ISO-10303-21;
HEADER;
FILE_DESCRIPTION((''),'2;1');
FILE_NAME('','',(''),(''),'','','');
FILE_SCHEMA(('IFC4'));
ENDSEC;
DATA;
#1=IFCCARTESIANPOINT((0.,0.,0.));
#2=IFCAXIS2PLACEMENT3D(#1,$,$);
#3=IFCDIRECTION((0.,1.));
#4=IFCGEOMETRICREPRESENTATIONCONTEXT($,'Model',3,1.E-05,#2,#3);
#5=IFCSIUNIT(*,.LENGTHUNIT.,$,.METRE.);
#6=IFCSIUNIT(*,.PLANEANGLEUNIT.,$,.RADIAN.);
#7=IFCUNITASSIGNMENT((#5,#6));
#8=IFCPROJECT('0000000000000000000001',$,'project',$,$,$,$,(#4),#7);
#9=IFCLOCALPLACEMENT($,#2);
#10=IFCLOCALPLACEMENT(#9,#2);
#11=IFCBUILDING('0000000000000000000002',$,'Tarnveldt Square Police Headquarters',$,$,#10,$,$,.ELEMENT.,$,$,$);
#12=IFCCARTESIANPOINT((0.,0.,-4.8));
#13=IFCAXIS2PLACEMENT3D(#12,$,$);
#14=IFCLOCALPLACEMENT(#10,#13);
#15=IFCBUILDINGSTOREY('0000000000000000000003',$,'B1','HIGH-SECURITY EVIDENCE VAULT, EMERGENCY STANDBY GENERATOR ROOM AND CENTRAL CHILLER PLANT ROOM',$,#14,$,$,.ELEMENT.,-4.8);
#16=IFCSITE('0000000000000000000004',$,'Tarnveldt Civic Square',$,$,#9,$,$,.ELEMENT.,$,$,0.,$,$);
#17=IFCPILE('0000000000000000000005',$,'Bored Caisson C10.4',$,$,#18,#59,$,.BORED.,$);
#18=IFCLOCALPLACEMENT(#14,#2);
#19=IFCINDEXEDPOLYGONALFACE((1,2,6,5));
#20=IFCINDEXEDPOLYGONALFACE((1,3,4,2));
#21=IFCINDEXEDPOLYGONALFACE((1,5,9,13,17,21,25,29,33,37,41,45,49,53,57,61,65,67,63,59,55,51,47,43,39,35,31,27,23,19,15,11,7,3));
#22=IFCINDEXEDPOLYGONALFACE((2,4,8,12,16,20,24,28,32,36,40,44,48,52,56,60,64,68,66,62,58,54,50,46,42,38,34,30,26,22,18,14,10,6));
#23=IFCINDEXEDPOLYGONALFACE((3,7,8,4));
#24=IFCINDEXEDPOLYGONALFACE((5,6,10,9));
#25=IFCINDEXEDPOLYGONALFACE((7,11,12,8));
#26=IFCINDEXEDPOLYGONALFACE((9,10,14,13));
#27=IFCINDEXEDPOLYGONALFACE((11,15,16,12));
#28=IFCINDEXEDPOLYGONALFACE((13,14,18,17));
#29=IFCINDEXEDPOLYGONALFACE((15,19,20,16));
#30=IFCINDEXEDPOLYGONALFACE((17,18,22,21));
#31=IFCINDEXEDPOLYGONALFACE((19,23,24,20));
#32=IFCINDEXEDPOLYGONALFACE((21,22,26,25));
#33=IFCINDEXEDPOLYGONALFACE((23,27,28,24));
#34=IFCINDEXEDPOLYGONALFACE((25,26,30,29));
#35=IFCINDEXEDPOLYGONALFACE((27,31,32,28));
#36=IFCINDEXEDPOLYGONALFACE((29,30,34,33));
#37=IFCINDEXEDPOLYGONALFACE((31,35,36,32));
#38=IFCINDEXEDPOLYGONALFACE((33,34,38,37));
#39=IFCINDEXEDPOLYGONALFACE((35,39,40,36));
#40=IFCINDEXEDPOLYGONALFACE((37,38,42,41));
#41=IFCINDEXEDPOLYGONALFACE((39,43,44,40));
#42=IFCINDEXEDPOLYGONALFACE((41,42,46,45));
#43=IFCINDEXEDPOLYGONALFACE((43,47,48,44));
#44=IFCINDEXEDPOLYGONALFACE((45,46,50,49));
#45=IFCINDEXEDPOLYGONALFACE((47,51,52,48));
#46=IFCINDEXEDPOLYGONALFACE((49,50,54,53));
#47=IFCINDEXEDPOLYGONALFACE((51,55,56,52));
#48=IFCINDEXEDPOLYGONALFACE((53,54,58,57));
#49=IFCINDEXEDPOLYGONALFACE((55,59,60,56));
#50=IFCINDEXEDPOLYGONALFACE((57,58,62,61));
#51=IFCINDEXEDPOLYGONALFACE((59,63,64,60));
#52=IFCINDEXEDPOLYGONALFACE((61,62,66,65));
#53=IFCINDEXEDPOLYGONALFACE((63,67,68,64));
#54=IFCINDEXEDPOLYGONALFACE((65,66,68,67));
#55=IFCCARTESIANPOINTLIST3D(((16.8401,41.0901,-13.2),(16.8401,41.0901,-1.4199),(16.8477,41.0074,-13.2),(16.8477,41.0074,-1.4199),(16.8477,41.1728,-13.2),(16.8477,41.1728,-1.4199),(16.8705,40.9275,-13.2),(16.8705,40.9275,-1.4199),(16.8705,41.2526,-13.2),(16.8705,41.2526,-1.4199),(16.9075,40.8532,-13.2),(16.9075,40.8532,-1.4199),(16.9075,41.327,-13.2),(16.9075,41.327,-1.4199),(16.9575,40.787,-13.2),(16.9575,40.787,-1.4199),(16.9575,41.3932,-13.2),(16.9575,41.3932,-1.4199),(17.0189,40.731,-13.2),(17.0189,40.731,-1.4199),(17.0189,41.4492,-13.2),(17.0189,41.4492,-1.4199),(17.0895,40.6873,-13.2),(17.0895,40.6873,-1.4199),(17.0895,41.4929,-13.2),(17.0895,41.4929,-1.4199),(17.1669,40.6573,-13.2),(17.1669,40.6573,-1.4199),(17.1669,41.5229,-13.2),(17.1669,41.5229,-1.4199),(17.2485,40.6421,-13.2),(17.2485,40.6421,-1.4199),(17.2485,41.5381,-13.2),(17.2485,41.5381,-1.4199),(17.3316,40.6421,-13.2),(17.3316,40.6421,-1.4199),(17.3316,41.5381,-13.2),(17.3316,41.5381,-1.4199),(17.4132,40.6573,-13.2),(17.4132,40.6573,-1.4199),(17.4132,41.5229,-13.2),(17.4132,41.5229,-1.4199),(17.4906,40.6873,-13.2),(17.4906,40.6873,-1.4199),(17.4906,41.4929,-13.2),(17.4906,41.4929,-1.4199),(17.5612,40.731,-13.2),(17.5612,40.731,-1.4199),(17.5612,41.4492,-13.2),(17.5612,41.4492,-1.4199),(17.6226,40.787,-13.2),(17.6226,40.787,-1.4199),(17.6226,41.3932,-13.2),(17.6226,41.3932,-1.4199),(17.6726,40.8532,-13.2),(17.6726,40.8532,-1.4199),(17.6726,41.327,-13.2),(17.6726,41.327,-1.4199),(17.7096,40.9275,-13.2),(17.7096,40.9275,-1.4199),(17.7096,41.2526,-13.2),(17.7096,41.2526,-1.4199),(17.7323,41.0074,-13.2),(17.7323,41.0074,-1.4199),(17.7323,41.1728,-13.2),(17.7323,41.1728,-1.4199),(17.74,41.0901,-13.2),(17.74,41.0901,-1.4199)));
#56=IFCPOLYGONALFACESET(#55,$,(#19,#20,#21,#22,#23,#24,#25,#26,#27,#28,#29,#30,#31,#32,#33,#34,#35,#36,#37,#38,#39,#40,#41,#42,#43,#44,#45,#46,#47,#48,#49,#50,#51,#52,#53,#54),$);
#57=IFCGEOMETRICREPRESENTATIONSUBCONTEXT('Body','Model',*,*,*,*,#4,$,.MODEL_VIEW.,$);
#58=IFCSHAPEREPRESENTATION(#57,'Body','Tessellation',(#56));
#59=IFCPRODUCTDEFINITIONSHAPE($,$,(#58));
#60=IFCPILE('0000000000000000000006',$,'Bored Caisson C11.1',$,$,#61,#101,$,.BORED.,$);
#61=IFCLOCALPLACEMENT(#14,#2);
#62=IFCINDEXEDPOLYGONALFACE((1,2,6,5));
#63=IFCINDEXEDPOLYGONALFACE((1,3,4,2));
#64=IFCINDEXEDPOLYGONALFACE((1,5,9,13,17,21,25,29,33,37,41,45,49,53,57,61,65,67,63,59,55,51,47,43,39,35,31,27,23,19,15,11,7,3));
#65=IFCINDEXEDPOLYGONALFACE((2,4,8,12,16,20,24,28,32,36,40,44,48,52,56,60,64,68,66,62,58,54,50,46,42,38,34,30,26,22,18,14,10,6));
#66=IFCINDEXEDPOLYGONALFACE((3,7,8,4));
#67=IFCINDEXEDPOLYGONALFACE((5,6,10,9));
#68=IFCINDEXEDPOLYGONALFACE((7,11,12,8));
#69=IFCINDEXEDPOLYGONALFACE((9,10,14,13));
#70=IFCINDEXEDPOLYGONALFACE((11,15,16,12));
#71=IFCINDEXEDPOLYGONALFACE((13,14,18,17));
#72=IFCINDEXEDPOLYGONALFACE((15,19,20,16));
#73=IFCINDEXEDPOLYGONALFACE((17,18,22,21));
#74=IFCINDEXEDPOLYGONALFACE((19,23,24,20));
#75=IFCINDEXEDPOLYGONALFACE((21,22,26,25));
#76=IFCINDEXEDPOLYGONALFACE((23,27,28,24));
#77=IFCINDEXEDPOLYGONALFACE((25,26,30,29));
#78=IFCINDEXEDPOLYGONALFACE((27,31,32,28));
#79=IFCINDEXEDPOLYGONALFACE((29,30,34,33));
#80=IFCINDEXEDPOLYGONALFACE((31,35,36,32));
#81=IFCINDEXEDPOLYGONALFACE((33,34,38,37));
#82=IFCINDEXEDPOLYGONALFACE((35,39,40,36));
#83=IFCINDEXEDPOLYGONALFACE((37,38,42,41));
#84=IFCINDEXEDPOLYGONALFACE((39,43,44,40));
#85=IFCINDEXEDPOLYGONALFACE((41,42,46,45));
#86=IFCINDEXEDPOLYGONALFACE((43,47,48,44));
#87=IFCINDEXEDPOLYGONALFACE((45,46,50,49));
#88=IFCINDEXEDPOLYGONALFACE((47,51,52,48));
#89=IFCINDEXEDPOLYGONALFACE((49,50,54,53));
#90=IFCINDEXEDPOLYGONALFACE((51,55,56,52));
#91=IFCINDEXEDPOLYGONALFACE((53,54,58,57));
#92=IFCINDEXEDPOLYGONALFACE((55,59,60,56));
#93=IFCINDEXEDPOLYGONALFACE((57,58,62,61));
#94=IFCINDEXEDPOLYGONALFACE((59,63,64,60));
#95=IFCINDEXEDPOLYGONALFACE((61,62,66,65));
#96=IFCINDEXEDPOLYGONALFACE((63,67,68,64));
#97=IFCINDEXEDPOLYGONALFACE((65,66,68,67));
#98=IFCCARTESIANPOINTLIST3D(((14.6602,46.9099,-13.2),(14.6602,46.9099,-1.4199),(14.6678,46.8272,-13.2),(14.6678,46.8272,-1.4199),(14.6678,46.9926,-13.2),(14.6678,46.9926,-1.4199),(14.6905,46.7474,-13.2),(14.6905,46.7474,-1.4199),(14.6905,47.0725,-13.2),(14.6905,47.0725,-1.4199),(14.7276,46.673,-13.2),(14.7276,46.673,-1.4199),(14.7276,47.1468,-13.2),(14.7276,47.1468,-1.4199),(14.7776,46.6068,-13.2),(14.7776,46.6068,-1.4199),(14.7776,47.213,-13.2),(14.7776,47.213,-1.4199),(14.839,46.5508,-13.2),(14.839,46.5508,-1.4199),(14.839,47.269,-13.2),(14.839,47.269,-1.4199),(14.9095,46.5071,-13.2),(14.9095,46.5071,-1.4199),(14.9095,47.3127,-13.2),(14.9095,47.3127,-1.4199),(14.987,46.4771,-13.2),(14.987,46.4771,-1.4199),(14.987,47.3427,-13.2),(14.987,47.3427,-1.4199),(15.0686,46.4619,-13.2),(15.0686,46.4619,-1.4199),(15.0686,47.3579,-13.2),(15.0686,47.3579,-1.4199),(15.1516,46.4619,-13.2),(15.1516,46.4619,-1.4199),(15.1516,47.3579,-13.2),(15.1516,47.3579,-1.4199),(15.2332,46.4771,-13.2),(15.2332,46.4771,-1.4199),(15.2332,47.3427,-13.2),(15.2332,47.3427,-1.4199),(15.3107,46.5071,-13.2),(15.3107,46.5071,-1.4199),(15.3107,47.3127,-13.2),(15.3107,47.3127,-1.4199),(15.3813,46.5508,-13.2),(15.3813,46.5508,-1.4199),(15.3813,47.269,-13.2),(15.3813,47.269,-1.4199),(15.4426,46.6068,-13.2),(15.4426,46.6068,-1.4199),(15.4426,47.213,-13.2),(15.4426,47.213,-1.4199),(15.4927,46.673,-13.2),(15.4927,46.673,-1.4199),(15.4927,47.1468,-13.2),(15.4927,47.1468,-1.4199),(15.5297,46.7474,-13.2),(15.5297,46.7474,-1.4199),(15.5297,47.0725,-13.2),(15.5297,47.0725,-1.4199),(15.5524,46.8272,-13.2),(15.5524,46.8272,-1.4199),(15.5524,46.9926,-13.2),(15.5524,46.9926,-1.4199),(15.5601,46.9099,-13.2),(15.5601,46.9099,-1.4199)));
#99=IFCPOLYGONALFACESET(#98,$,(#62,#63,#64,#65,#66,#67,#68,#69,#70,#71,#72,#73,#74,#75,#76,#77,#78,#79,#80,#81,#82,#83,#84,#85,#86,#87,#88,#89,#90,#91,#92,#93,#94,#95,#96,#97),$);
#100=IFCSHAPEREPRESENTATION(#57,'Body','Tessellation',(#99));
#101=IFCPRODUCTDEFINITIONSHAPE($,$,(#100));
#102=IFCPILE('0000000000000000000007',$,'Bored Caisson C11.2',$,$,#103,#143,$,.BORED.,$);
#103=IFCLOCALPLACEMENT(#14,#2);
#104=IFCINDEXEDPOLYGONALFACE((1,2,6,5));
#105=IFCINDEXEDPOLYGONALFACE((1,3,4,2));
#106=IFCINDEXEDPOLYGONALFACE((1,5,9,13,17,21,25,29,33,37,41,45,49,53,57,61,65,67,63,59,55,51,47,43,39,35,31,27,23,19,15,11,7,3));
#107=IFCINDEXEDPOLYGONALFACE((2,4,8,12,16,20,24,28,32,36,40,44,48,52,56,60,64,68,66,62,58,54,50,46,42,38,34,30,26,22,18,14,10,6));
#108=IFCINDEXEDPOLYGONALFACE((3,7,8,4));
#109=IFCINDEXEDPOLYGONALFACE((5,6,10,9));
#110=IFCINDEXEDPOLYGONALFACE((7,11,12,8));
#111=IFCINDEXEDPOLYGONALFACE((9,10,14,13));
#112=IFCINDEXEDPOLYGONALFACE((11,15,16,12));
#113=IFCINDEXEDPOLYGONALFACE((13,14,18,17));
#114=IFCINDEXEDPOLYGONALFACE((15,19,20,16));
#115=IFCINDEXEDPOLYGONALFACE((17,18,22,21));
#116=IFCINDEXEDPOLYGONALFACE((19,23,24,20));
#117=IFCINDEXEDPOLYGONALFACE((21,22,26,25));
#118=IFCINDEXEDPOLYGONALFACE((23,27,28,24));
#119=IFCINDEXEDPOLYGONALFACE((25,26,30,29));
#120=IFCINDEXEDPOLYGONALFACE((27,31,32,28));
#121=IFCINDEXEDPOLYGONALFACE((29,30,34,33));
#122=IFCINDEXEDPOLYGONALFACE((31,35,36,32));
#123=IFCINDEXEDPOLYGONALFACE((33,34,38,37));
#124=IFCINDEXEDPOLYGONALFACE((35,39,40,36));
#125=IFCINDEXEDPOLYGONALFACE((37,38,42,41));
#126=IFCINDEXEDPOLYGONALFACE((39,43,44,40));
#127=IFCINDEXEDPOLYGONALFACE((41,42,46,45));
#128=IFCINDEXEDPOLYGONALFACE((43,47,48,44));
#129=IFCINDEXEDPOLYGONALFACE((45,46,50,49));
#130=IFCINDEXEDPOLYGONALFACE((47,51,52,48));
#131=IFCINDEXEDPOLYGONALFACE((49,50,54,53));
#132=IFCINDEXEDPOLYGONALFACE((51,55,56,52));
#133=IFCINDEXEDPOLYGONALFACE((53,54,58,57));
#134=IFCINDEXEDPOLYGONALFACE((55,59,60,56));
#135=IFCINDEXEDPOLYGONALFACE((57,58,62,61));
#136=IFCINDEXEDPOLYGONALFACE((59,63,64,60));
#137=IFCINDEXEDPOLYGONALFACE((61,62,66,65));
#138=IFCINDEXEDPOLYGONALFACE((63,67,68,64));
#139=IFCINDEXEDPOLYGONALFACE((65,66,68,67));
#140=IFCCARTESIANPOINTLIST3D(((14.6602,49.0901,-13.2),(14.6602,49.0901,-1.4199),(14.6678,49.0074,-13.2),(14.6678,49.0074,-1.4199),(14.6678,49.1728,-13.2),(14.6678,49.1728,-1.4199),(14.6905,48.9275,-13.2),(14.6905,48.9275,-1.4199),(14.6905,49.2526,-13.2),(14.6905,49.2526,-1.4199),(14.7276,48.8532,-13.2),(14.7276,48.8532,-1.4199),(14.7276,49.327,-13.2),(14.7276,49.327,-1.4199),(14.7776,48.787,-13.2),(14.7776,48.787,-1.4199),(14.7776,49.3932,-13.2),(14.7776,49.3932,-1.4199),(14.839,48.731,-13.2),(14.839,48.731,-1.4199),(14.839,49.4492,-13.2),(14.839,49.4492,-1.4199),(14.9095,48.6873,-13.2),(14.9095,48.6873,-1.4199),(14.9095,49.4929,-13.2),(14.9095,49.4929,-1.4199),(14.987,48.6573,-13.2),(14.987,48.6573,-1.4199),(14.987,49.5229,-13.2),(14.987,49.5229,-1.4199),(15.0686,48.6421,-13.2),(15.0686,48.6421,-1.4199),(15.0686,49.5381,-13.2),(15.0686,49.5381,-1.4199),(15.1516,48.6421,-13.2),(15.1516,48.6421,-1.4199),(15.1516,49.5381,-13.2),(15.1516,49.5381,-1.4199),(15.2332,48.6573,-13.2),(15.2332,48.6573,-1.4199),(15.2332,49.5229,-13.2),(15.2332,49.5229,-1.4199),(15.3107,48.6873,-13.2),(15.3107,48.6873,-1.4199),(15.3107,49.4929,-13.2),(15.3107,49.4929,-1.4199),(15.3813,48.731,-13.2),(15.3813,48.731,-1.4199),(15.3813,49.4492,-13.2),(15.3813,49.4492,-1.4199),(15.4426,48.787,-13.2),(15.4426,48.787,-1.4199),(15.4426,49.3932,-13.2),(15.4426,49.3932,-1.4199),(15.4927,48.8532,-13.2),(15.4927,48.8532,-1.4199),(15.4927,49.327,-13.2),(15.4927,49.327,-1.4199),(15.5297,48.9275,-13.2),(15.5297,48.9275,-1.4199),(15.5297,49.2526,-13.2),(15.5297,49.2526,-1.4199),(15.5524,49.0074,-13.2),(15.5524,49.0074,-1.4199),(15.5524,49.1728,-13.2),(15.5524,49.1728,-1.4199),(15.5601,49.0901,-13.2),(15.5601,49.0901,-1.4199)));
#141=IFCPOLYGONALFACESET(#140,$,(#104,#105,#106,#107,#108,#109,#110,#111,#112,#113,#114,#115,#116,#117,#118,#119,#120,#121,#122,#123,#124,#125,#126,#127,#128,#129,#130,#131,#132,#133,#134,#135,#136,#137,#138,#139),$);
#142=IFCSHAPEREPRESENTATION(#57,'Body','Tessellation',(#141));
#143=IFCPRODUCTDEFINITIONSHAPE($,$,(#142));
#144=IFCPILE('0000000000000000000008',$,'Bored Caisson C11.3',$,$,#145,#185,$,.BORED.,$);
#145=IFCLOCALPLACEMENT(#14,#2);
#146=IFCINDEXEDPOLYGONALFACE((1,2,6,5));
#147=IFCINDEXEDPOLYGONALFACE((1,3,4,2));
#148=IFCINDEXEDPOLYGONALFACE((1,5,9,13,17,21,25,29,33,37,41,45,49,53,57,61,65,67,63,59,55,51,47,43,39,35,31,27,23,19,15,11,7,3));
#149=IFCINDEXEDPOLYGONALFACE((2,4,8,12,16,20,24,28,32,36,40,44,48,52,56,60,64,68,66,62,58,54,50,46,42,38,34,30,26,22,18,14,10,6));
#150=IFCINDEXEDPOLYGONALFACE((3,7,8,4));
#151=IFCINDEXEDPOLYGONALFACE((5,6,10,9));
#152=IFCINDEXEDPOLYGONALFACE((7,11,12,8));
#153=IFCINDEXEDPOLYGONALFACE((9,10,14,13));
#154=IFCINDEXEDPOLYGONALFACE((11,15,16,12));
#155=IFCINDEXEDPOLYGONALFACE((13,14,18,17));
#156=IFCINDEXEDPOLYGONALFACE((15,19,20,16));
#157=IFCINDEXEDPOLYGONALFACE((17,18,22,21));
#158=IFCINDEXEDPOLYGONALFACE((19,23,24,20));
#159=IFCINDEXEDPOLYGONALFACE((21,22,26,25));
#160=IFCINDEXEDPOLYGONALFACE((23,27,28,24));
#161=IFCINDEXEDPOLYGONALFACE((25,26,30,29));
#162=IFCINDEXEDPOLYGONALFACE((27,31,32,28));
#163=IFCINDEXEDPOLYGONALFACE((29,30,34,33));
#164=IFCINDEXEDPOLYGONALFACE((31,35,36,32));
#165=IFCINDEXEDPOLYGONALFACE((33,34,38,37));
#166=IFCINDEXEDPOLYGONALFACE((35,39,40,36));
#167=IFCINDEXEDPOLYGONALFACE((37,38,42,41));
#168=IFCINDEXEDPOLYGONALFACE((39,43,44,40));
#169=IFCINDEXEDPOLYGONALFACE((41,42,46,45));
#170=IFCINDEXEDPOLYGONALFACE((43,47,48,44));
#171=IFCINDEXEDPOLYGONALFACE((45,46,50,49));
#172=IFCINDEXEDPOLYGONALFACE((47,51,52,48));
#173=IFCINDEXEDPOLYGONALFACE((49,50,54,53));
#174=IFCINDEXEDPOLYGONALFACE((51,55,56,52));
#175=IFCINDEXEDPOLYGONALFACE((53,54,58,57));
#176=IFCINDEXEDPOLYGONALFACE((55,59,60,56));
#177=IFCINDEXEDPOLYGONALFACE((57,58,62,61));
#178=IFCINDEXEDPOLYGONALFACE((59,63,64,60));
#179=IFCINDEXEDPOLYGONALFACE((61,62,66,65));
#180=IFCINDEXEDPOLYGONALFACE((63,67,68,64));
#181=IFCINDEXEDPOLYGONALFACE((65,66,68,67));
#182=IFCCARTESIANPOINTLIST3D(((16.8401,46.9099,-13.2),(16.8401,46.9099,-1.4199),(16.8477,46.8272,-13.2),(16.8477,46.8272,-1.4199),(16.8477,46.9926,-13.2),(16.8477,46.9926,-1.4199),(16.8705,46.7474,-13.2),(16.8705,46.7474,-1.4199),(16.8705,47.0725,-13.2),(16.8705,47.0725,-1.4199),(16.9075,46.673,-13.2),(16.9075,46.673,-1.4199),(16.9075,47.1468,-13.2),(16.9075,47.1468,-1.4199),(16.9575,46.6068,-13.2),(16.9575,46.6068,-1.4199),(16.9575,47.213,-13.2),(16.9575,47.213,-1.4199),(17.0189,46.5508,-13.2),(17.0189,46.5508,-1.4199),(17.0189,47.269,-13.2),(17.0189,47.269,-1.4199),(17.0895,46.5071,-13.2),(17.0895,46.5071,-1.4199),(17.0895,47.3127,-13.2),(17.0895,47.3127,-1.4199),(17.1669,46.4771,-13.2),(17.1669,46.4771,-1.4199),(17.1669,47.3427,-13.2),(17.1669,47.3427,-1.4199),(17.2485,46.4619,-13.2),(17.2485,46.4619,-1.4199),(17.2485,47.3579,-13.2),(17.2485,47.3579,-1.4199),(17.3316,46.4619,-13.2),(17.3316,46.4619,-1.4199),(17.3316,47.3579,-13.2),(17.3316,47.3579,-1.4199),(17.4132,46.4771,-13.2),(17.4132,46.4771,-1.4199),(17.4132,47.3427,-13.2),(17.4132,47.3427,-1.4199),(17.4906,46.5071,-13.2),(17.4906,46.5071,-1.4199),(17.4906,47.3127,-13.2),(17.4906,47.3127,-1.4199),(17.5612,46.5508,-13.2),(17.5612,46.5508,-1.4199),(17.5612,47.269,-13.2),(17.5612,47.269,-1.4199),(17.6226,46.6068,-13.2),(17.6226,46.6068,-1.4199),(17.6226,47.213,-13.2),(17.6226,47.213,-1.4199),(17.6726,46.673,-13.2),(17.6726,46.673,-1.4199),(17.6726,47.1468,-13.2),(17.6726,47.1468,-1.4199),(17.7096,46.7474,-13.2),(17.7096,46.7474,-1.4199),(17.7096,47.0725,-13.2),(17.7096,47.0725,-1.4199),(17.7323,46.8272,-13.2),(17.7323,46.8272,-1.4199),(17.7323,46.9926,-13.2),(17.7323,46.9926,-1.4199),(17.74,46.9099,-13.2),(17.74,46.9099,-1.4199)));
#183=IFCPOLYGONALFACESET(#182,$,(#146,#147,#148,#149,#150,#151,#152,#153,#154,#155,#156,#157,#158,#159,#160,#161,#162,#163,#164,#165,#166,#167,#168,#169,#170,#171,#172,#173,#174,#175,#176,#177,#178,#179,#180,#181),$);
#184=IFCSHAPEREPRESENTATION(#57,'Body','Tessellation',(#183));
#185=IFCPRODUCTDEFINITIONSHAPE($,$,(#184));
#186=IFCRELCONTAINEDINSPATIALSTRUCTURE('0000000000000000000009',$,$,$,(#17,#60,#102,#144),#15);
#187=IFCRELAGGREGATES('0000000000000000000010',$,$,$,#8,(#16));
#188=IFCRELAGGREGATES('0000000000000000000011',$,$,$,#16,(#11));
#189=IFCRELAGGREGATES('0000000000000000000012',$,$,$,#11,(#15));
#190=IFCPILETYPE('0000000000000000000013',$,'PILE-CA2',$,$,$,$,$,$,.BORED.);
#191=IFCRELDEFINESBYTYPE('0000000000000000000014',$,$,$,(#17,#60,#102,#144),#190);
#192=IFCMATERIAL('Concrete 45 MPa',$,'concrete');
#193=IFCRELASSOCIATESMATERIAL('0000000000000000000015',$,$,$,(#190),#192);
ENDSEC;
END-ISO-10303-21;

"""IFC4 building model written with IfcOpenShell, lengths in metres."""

from ifc_helpers import new_model, si_unit, direction, frame, origin, origin_2d, place, context, subcontext, project, spatial, circle, extrude, material, material_profile, profile_set, type_object, element, save


model = new_model("IFC4")

# Units and contexts
model_context = context("Model", 3, precision=1e-05, world=origin(), true_north=direction((0.0, 1.0)))
body_context = subcontext(model_context, "Body", "Model", "MODEL_VIEW")
ifc_project = project(units=[si_unit("LENGTHUNIT", "METRE"), si_unit("PLANEANGLEUNIT", "RADIAN")], contexts=[model_context])

# Site, building, storey
site_placement = place(None, origin())
site = spatial("IfcSite", under=ifc_project, at=site_placement, Name="Tarnveldt Civic Square", CompositionType="ELEMENT", RefElevation=0.0)
building_placement = place(site_placement, origin())
building = spatial("IfcBuilding", under=site, at=building_placement, Name="Tarnveldt Square Police Headquarters", CompositionType="ELEMENT")
storey_placement = place(building_placement, frame((0.0, 0.0, -4.8)))
storey = spatial("IfcBuildingStorey", under=building, at=storey_placement, Name="B1", Description="HIGH-SECURITY EVIDENCE VAULT, EMERGENCY STANDBY GENERATOR ROOM AND CENTRAL CHILLER PLANT ROOM", CompositionType="ELEMENT", Elevation=-4.8)

# Shared definitions
ifc_material_1 = material(Name="Concrete 45 MPa", Category="concrete")

# Piles
ifc_material_profile_1 = material_profile(ifc_material_1, circle(Radius=0.45, at=origin_2d()), Name="CAISSON-D900")
ifc_profile_set_1 = profile_set([ifc_material_profile_1], Name="Concrete 45 MPa")
pile_type_1 = type_object("IfcPileType", Name="PILE-CA2", PredefinedType="BORED", material=ifc_profile_set_1)
for number, where, z_axis, x_axis, name in (
    (1, (17.29, 41.0901, -1.4199), (0.0, 0.0, -1.0), (1.0, 0.0, 0.0), "Bored Caisson C10.4"),
    (2, (15.1101, 46.9099, -1.4199), (0.0, 0.0, -1.0), (1.0, 0.0, 0.0), "Bored Caisson C11.1"),
    (3, (15.1101, 49.0901, -1.4199), (0.0, 0.0, -1.0), (1.0, 0.0, 0.0), "Bored Caisson C11.2"),
    (4, (17.29, 46.9099, -1.4199), (0.0, 0.0, -1.0), (1.0, 0.0, 0.0), "Bored Caisson C11.3"),
):
    element("IfcPile", number, at=place(storey_placement, frame(where, z_axis=z_axis, x_axis=x_axis)), inside=storey, type_object=pile_type_1, Name=name, PredefinedType="BORED", context=body_context, shape_type="SweptSolid", body=[
        extrude(circle(Radius=0.45, at=origin_2d()), origin(), (0.0, 0.0, 1.0), 11.78),
    ])

save(model, "model.ifc")
